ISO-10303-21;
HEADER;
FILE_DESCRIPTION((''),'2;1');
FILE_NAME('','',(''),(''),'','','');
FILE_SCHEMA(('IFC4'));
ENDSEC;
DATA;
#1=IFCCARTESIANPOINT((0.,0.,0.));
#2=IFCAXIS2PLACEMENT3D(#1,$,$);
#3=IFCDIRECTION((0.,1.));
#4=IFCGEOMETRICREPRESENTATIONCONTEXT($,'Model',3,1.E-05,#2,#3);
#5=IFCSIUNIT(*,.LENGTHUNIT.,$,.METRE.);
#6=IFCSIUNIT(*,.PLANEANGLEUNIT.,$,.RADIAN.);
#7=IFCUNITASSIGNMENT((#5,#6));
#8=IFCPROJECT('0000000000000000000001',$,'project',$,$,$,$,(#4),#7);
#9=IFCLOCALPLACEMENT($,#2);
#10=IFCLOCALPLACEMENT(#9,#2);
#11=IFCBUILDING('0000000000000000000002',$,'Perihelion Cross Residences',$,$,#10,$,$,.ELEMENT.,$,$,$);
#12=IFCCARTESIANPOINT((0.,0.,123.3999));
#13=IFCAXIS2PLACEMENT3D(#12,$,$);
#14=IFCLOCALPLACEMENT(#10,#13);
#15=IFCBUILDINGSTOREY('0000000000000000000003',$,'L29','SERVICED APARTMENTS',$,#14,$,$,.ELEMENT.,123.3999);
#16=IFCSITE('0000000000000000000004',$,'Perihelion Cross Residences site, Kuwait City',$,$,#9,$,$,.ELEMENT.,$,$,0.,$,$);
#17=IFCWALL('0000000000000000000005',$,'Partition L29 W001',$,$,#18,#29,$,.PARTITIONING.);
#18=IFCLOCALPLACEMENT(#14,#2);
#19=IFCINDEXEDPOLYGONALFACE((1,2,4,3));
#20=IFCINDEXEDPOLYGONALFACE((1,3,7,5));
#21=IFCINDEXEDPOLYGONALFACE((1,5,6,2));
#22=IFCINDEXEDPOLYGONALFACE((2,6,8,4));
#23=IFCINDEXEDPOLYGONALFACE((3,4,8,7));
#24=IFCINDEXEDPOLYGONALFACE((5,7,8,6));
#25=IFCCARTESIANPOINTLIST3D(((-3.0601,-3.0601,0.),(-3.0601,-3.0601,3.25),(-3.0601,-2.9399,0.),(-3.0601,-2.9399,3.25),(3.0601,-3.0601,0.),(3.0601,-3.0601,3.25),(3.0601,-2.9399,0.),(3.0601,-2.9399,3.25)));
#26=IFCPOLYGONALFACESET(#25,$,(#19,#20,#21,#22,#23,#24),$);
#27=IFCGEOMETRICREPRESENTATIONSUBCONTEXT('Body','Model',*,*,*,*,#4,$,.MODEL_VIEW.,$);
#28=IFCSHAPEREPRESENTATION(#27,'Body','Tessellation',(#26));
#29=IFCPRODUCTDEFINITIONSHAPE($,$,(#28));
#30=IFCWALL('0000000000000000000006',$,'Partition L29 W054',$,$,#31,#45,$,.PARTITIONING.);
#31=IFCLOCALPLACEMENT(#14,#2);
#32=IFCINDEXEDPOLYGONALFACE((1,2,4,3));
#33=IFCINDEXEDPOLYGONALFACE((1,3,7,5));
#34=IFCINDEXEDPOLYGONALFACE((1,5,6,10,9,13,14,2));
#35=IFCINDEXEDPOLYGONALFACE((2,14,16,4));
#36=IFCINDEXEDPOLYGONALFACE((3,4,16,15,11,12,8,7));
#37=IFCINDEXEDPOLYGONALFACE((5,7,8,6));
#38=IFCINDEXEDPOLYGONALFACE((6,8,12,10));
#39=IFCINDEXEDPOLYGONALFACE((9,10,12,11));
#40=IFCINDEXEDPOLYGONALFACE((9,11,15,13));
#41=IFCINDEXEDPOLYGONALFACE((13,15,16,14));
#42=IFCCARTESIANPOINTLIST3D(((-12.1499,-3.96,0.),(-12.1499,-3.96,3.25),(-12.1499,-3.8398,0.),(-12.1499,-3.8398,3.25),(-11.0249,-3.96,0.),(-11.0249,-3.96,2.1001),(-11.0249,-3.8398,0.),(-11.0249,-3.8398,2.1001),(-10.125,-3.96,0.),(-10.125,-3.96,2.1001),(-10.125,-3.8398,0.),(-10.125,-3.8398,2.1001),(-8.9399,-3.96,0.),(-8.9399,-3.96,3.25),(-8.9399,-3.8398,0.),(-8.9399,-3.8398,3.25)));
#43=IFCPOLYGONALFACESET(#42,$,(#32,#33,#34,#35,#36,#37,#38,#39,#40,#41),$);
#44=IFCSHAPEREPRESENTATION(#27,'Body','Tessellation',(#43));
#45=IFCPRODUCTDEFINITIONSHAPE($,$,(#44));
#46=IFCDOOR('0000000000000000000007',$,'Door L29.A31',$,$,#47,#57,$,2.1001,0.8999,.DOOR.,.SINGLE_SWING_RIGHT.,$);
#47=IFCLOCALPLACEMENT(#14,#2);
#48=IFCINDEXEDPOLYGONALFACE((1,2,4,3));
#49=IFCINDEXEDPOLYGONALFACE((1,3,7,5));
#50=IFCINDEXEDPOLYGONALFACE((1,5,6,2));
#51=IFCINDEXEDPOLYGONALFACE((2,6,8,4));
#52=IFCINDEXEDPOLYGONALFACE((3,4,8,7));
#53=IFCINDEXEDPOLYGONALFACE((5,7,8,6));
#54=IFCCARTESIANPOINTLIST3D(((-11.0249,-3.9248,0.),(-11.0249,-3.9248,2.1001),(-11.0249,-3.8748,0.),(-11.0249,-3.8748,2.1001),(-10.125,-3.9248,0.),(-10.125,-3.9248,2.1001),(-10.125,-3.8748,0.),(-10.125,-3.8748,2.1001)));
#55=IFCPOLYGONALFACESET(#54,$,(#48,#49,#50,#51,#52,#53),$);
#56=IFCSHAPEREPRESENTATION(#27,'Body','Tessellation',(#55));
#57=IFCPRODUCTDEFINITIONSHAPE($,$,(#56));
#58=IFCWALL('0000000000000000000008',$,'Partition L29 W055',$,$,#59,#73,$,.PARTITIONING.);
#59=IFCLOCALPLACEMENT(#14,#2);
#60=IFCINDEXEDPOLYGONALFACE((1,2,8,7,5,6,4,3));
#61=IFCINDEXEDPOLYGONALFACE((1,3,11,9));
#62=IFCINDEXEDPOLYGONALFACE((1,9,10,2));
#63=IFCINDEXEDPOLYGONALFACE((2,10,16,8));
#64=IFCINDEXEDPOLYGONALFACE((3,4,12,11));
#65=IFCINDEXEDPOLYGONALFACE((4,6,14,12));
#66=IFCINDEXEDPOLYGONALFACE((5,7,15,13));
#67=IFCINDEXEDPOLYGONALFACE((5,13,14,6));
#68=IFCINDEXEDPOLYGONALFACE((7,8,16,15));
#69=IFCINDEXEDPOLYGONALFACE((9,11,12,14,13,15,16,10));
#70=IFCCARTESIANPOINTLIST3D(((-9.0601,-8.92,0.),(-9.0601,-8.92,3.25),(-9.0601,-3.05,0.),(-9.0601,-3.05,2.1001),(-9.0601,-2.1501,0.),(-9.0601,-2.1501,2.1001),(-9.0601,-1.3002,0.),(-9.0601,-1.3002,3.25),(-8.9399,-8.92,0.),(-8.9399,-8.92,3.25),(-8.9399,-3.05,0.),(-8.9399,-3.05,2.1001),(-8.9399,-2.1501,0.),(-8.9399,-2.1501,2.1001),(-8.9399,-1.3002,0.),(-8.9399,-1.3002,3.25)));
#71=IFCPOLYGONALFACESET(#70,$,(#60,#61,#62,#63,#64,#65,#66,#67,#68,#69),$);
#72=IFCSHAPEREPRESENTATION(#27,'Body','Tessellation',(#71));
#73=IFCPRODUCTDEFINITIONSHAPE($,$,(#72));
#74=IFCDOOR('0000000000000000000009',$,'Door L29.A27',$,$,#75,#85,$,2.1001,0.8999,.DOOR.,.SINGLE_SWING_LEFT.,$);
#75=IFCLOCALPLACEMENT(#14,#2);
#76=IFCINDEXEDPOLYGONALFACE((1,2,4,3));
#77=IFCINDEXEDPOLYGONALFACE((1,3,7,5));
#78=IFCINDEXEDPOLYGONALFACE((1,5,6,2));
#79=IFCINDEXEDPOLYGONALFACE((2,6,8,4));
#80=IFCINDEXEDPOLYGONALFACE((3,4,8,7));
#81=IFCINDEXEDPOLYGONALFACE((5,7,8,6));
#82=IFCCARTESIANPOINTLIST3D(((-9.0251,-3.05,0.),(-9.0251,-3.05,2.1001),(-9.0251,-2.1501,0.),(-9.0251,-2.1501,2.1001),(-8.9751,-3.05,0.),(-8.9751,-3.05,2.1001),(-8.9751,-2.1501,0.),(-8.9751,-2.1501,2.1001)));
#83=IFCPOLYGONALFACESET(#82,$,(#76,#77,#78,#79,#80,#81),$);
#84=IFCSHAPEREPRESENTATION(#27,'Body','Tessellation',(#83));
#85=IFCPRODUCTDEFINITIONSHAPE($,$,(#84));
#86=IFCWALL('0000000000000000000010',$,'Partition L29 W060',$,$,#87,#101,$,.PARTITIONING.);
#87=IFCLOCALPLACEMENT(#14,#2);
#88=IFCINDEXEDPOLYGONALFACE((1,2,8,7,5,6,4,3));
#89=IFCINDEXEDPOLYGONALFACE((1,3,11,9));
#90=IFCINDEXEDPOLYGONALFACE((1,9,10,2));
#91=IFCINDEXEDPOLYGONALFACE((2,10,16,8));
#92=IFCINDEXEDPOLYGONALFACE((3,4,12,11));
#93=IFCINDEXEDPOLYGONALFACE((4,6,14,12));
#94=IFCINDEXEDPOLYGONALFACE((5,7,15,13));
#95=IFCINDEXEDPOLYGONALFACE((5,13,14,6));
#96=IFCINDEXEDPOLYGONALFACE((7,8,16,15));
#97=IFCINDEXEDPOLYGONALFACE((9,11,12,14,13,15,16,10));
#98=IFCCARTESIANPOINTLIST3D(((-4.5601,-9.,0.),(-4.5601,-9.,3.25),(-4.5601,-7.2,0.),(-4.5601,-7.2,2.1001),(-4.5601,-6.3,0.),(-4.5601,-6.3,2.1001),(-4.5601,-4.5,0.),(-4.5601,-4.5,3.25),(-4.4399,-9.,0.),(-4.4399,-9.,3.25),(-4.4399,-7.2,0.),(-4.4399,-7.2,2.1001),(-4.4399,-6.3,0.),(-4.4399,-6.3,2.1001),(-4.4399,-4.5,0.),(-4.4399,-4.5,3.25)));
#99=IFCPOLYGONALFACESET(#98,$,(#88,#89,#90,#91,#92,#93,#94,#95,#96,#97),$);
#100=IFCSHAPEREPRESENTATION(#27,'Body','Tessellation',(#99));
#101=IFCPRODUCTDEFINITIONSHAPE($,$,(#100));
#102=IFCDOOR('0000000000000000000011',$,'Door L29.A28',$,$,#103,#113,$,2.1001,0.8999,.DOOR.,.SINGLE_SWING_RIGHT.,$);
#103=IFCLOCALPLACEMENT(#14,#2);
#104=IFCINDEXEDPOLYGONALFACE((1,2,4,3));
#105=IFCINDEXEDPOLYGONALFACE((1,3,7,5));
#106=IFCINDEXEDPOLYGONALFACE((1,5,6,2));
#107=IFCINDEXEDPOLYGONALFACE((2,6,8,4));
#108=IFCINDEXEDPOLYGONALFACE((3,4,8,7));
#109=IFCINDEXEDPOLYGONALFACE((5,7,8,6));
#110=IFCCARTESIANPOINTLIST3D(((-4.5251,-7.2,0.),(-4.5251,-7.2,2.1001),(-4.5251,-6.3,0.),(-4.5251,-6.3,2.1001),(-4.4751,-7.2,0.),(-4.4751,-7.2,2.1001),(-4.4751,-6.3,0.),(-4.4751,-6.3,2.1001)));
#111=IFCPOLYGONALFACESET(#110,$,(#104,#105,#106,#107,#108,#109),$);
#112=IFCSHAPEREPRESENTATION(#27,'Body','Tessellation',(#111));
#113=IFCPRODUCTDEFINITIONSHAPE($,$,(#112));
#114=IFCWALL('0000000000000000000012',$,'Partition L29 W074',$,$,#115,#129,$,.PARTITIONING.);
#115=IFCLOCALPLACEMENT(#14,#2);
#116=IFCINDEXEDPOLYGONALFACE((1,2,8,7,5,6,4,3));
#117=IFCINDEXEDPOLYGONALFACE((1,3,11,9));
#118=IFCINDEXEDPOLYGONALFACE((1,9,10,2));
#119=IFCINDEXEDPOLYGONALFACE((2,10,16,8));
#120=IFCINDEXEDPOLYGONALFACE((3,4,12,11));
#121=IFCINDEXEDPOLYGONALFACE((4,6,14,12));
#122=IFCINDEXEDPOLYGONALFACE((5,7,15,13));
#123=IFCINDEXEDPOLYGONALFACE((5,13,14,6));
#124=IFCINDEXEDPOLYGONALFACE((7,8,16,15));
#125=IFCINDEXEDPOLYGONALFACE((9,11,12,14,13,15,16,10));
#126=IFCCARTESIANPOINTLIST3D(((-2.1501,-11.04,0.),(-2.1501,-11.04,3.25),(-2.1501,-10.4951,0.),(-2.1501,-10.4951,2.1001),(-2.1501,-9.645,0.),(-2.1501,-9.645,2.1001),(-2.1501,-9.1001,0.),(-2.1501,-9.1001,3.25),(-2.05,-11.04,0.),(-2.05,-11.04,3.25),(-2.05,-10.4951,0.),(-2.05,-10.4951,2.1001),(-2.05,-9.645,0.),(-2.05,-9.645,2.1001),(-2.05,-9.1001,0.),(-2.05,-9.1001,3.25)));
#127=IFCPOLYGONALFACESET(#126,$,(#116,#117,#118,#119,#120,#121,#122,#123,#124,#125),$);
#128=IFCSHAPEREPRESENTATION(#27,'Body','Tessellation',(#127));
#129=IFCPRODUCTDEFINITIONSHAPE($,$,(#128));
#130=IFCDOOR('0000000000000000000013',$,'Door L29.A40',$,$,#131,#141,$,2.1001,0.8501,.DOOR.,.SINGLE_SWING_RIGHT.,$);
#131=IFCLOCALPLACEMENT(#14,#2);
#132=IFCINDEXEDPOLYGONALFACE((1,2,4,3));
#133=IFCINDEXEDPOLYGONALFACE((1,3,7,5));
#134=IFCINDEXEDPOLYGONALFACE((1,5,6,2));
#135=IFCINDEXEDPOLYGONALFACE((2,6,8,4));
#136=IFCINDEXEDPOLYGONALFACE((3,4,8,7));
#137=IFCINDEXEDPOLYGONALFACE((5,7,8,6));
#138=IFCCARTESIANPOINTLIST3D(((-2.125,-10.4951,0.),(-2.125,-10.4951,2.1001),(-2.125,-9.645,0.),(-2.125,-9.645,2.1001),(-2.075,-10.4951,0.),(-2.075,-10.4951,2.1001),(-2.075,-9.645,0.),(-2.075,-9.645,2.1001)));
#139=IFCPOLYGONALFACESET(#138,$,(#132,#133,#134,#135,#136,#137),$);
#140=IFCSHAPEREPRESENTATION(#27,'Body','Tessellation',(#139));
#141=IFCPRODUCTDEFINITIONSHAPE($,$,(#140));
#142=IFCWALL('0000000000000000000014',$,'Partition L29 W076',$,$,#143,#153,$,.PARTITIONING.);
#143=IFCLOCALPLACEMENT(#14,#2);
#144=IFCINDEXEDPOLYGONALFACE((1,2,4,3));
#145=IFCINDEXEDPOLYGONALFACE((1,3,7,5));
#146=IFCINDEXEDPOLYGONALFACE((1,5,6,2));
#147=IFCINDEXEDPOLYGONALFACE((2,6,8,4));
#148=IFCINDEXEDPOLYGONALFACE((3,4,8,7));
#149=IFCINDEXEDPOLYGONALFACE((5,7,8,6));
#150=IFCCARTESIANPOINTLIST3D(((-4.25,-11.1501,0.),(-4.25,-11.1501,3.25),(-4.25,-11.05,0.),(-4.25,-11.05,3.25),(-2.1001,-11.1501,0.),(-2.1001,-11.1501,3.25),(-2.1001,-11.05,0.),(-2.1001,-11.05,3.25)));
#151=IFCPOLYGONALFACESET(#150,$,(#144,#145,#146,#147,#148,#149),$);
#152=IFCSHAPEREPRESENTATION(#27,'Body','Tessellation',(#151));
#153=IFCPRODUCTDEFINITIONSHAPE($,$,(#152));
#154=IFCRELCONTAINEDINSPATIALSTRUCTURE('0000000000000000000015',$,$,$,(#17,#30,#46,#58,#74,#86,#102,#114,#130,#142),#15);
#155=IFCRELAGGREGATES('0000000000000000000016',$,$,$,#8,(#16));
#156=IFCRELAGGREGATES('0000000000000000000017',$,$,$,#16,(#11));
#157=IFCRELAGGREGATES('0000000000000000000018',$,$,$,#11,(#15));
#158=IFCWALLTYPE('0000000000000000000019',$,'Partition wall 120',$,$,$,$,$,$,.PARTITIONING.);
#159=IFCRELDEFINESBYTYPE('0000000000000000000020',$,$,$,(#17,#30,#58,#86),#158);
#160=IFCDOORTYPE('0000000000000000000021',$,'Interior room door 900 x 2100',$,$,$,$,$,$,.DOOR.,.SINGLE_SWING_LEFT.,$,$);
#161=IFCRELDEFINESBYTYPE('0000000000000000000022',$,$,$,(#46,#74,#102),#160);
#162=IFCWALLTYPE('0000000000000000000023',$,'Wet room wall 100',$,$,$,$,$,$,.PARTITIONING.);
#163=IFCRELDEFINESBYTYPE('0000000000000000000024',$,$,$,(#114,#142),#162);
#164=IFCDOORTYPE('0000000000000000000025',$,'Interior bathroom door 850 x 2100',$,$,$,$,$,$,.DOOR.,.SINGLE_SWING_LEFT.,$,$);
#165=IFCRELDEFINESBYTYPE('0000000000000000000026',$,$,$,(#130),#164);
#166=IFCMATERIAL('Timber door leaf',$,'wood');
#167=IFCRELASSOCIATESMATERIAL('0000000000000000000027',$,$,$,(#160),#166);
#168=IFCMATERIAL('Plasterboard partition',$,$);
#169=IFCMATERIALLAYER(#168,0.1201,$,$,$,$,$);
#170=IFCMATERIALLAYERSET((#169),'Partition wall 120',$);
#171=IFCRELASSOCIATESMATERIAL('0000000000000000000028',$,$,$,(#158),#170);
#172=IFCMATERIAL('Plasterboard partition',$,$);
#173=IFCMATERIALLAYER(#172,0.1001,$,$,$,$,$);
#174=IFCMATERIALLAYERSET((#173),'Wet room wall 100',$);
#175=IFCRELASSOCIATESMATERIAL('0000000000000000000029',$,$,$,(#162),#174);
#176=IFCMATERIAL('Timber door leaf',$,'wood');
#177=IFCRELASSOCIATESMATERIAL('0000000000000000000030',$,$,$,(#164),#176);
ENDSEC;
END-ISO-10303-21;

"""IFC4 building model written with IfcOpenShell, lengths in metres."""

from ifc_helpers import new_model, si_unit, direction, frame, frame_2d, origin, place, context, subcontext, project, spatial, rectangle, extrude, material, layer, layer_set, type_object, element, fill, save


model = new_model("IFC4")

# Units and contexts
model_context = context("Model", 3, precision=1e-05, world=origin(), true_north=direction((0.0, 1.0)))
body_context = subcontext(model_context, "Body", "Model", "MODEL_VIEW")
ifc_project = project(units=[si_unit("LENGTHUNIT", "METRE"), si_unit("PLANEANGLEUNIT", "RADIAN")], contexts=[model_context])

# Site, building, storey
site_placement = place(None, origin())
site = spatial("IfcSite", under=ifc_project, at=site_placement, Name="Perihelion Cross Residences site, Kuwait City", CompositionType="ELEMENT", RefElevation=0.0)
building_placement = place(site_placement, origin())
building = spatial("IfcBuilding", under=site, at=building_placement, Name="Perihelion Cross Residences", CompositionType="ELEMENT")
storey_placement = place(building_placement, frame((0.0, 0.0, 123.3999)))
storey = spatial("IfcBuildingStorey", under=building, at=storey_placement, Name="L29", Description="SERVICED APARTMENTS", CompositionType="ELEMENT", Elevation=123.3999)

# Shared definitions
ifc_material_1 = material(Name="Timber door leaf", Category="wood")
door_type_1 = type_object("IfcDoorType", Name="Interior room door 900 x 2100", OperationType="SINGLE_SWING_LEFT", PredefinedType="DOOR", material=ifc_material_1)

# Wall
ifc_material_2 = material(Name="Plasterboard partition")
ifc_layer_1 = layer(ifc_material_2, 0.1201)
ifc_layer_set_1 = layer_set([ifc_layer_1], Name="Partition wall 120")
wall_type_1 = type_object("IfcWallType", Name="Partition wall 120", PredefinedType="PARTITIONING", material=ifc_layer_set_1)
wall_1_placement = place(storey_placement, frame((-3.0601, -3.0, 0.0), z_axis=(0.0, 0.0, 1.0), x_axis=(1.0, 0.0, 0.0)))
element("IfcWall", 1, at=wall_1_placement, inside=storey, type_object=wall_type_1, Name="Partition L29 W001", PredefinedType="PARTITIONING", context=body_context, shape_type="SweptSolid", body=[
    extrude(rectangle(XDim=6.1201, YDim=0.1201, at=frame_2d((3.0601, 0.0))), origin(), (0.0, 0.0, 1.0), 3.25),
])

# Walls, openings, doors
wall_2_placement = place(storey_placement, frame((-8.9399, -3.8999, 0.0), z_axis=(0.0, 0.0, 1.0), x_axis=(-1.0, 0.0, 0.0)))
wall_2 = element("IfcWall", 2, at=wall_2_placement, inside=storey, type_object=wall_type_1, Name="Partition L29 W054", PredefinedType="PARTITIONING", context=body_context, shape_type="SweptSolid", body=[
    extrude(rectangle(XDim=3.21, YDim=0.1201, at=frame_2d((1.605, 0.0))), origin(), (0.0, 0.0, 1.0), 3.25),
])
opening_1_placement = place(wall_2_placement, frame((1.1851, 0.0, 0.0)))
opening_1 = element("IfcOpeningElement", 3, at=opening_1_placement, cuts=wall_2, PredefinedType="OPENING", context=body_context, shape_type="SweptSolid", body=[
    extrude(rectangle(XDim=0.8999, YDim=2.1001, at=frame_2d((0.45, 1.05))), frame((0.0, 0.0701, 0.0), z_axis=(0.0, -1.0, 0.0), x_axis=(1.0, 0.0, 0.0)), (0.0, 0.0, 1.0), 0.1401),
])
door_1_placement = place(opening_1_placement, origin())
door_1 = element("IfcDoor", 4, at=door_1_placement, inside=storey, type_object=door_type_1, Name="Door L29.A31", OperationType="SINGLE_SWING_RIGHT", OverallHeight=2.1001, OverallWidth=0.8999, PredefinedType="DOOR", context=body_context, shape_type="SweptSolid", body=[
    extrude(rectangle(XDim=0.8999, YDim=2.1001, at=frame_2d((0.45, 1.05))), frame((0.0, 0.0249, 0.0), z_axis=(0.0, -1.0, 0.0), x_axis=(1.0, 0.0, 0.0)), (0.0, 0.0, 1.0), 0.05),
])
fill(opening_1, door_1)
wall_3_placement = place(storey_placement, frame((-9.0, -1.3, 0.0), z_axis=(0.0, 0.0, 1.0), x_axis=(0.0, -1.0, 0.0)))
wall_3 = element("IfcWall", 5, at=wall_3_placement, inside=storey, type_object=wall_type_1, Name="Partition L29 W055", PredefinedType="PARTITIONING", context=body_context, shape_type="SweptSolid", body=[
    extrude(rectangle(XDim=7.6199, YDim=0.1201, at=frame_2d((3.8101, 0.0))), origin(), (0.0, 0.0, 1.0), 3.25),
])
opening_2_placement = place(wall_3_placement, frame((0.8501, 0.0, 0.0)))
opening_2 = element("IfcOpeningElement", 6, at=opening_2_placement, cuts=wall_3, PredefinedType="OPENING", context=body_context, shape_type="SweptSolid", body=[
    extrude(rectangle(XDim=0.8999, YDim=2.1001, at=frame_2d((0.45, 1.05))), frame((0.0, 0.0701, 0.0), z_axis=(0.0, -1.0, 0.0), x_axis=(1.0, 0.0, 0.0)), (0.0, 0.0, 1.0), 0.1401),
])
door_2_placement = place(opening_2_placement, origin())
door_2 = element("IfcDoor", 7, at=door_2_placement, inside=storey, type_object=door_type_1, Name="Door L29.A27", OperationType="SINGLE_SWING_LEFT", OverallHeight=2.1001, OverallWidth=0.8999, PredefinedType="DOOR", context=body_context, shape_type="SweptSolid", body=[
    extrude(rectangle(XDim=0.8999, YDim=2.1001, at=frame_2d((0.45, 1.05))), frame((0.0, 0.0249, 0.0), z_axis=(0.0, -1.0, 0.0), x_axis=(1.0, 0.0, 0.0)), (0.0, 0.0, 1.0), 0.05),
])
fill(opening_2, door_2)
wall_4_placement = place(storey_placement, frame((-4.5, -4.5, 0.0), z_axis=(0.0, 0.0, 1.0), x_axis=(0.0, -1.0, 0.0)))
wall_4 = element("IfcWall", 8, at=wall_4_placement, inside=storey, type_object=wall_type_1, Name="Partition L29 W060", PredefinedType="PARTITIONING", context=body_context, shape_type="SweptSolid", body=[
    extrude(rectangle(XDim=4.5, YDim=0.1201, at=frame_2d((2.25, 0.0))), origin(), (0.0, 0.0, 1.0), 3.25),
])
opening_3_placement = place(wall_4_placement, frame((1.8, 0.0, 0.0)))
opening_3 = element("IfcOpeningElement", 9, at=opening_3_placement, cuts=wall_4, PredefinedType="OPENING", context=body_context, shape_type="SweptSolid", body=[
    extrude(rectangle(XDim=0.8999, YDim=2.1001, at=frame_2d((0.45, 1.05))), frame((0.0, 0.0701, 0.0), z_axis=(0.0, -1.0, 0.0), x_axis=(1.0, 0.0, 0.0)), (0.0, 0.0, 1.0), 0.1401),
])
door_3_placement = place(opening_3_placement, origin())
door_3 = element("IfcDoor", 10, at=door_3_placement, inside=storey, type_object=door_type_1, Name="Door L29.A28", OperationType="SINGLE_SWING_RIGHT", OverallHeight=2.1001, OverallWidth=0.8999, PredefinedType="DOOR", context=body_context, shape_type="SweptSolid", body=[
    extrude(rectangle(XDim=0.8999, YDim=2.1001, at=frame_2d((0.45, 1.05))), frame((0.0, 0.0249, 0.0), z_axis=(0.0, -1.0, 0.0), x_axis=(1.0, 0.0, 0.0)), (0.0, 0.0, 1.0), 0.05),
])
fill(opening_3, door_3)
ifc_material_3 = material(Name="Plasterboard partition")
ifc_layer_2 = layer(ifc_material_3, 0.1001)
ifc_layer_set_2 = layer_set([ifc_layer_2], Name="Wet room wall 100")
wall_type_2 = type_object("IfcWallType", Name="Wet room wall 100", PredefinedType="PARTITIONING", material=ifc_layer_set_2)
wall_5_placement = place(storey_placement, frame((-2.1001, -11.04, 0.0), z_axis=(0.0, 0.0, 1.0), x_axis=(0.0, 1.0, 0.0)))
wall_5 = element("IfcWall", 11, at=wall_5_placement, inside=storey, type_object=wall_type_2, Name="Partition L29 W074", PredefinedType="PARTITIONING", context=body_context, shape_type="SweptSolid", body=[
    extrude(rectangle(XDim=1.9399, YDim=0.1001, at=frame_2d((0.97, 0.0))), origin(), (0.0, 0.0, 1.0), 3.25),
])
opening_4_placement = place(wall_5_placement, frame((0.5449, 0.0, 0.0)))
opening_4 = element("IfcOpeningElement", 12, at=opening_4_placement, cuts=wall_5, PredefinedType="OPENING", context=body_context, shape_type="SweptSolid", body=[
    extrude(rectangle(XDim=0.8501, YDim=2.1001, at=frame_2d((0.425, 1.05))), frame((0.0, 0.0601, 0.0), z_axis=(0.0, -1.0, 0.0), x_axis=(1.0, 0.0, 0.0)), (0.0, 0.0, 1.0), 0.1201),
])
ifc_material_4 = material(Name="Timber door leaf", Category="wood")
door_type_2 = type_object("IfcDoorType", Name="Interior bathroom door 850 x 2100", OperationType="SINGLE_SWING_LEFT", PredefinedType="DOOR", material=ifc_material_4)
door_4_placement = place(opening_4_placement, origin())
door_4 = element("IfcDoor", 13, at=door_4_placement, inside=storey, type_object=door_type_2, Name="Door L29.A40", OperationType="SINGLE_SWING_RIGHT", OverallHeight=2.1001, OverallWidth=0.8501, PredefinedType="DOOR", context=body_context, shape_type="SweptSolid", body=[
    extrude(rectangle(XDim=0.8501, YDim=2.1001, at=frame_2d((0.425, 1.05))), frame((0.0, 0.0249, 0.0), z_axis=(0.0, -1.0, 0.0), x_axis=(1.0, 0.0, 0.0)), (0.0, 0.0, 1.0), 0.05),
])
fill(opening_4, door_4)

# Wall
wall_6_placement = place(storey_placement, frame((-2.1001, -11.1001, 0.0), z_axis=(0.0, 0.0, 1.0), x_axis=(-1.0, 0.0, 0.0)))
element("IfcWall", 14, at=wall_6_placement, inside=storey, type_object=wall_type_2, Name="Partition L29 W076", PredefinedType="PARTITIONING", context=body_context, shape_type="SweptSolid", body=[
    extrude(rectangle(XDim=2.1499, YDim=0.1001, at=frame_2d((1.075, 0.0))), origin(), (0.0, 0.0, 1.0), 3.25),
])

save(model, "model.ifc")
